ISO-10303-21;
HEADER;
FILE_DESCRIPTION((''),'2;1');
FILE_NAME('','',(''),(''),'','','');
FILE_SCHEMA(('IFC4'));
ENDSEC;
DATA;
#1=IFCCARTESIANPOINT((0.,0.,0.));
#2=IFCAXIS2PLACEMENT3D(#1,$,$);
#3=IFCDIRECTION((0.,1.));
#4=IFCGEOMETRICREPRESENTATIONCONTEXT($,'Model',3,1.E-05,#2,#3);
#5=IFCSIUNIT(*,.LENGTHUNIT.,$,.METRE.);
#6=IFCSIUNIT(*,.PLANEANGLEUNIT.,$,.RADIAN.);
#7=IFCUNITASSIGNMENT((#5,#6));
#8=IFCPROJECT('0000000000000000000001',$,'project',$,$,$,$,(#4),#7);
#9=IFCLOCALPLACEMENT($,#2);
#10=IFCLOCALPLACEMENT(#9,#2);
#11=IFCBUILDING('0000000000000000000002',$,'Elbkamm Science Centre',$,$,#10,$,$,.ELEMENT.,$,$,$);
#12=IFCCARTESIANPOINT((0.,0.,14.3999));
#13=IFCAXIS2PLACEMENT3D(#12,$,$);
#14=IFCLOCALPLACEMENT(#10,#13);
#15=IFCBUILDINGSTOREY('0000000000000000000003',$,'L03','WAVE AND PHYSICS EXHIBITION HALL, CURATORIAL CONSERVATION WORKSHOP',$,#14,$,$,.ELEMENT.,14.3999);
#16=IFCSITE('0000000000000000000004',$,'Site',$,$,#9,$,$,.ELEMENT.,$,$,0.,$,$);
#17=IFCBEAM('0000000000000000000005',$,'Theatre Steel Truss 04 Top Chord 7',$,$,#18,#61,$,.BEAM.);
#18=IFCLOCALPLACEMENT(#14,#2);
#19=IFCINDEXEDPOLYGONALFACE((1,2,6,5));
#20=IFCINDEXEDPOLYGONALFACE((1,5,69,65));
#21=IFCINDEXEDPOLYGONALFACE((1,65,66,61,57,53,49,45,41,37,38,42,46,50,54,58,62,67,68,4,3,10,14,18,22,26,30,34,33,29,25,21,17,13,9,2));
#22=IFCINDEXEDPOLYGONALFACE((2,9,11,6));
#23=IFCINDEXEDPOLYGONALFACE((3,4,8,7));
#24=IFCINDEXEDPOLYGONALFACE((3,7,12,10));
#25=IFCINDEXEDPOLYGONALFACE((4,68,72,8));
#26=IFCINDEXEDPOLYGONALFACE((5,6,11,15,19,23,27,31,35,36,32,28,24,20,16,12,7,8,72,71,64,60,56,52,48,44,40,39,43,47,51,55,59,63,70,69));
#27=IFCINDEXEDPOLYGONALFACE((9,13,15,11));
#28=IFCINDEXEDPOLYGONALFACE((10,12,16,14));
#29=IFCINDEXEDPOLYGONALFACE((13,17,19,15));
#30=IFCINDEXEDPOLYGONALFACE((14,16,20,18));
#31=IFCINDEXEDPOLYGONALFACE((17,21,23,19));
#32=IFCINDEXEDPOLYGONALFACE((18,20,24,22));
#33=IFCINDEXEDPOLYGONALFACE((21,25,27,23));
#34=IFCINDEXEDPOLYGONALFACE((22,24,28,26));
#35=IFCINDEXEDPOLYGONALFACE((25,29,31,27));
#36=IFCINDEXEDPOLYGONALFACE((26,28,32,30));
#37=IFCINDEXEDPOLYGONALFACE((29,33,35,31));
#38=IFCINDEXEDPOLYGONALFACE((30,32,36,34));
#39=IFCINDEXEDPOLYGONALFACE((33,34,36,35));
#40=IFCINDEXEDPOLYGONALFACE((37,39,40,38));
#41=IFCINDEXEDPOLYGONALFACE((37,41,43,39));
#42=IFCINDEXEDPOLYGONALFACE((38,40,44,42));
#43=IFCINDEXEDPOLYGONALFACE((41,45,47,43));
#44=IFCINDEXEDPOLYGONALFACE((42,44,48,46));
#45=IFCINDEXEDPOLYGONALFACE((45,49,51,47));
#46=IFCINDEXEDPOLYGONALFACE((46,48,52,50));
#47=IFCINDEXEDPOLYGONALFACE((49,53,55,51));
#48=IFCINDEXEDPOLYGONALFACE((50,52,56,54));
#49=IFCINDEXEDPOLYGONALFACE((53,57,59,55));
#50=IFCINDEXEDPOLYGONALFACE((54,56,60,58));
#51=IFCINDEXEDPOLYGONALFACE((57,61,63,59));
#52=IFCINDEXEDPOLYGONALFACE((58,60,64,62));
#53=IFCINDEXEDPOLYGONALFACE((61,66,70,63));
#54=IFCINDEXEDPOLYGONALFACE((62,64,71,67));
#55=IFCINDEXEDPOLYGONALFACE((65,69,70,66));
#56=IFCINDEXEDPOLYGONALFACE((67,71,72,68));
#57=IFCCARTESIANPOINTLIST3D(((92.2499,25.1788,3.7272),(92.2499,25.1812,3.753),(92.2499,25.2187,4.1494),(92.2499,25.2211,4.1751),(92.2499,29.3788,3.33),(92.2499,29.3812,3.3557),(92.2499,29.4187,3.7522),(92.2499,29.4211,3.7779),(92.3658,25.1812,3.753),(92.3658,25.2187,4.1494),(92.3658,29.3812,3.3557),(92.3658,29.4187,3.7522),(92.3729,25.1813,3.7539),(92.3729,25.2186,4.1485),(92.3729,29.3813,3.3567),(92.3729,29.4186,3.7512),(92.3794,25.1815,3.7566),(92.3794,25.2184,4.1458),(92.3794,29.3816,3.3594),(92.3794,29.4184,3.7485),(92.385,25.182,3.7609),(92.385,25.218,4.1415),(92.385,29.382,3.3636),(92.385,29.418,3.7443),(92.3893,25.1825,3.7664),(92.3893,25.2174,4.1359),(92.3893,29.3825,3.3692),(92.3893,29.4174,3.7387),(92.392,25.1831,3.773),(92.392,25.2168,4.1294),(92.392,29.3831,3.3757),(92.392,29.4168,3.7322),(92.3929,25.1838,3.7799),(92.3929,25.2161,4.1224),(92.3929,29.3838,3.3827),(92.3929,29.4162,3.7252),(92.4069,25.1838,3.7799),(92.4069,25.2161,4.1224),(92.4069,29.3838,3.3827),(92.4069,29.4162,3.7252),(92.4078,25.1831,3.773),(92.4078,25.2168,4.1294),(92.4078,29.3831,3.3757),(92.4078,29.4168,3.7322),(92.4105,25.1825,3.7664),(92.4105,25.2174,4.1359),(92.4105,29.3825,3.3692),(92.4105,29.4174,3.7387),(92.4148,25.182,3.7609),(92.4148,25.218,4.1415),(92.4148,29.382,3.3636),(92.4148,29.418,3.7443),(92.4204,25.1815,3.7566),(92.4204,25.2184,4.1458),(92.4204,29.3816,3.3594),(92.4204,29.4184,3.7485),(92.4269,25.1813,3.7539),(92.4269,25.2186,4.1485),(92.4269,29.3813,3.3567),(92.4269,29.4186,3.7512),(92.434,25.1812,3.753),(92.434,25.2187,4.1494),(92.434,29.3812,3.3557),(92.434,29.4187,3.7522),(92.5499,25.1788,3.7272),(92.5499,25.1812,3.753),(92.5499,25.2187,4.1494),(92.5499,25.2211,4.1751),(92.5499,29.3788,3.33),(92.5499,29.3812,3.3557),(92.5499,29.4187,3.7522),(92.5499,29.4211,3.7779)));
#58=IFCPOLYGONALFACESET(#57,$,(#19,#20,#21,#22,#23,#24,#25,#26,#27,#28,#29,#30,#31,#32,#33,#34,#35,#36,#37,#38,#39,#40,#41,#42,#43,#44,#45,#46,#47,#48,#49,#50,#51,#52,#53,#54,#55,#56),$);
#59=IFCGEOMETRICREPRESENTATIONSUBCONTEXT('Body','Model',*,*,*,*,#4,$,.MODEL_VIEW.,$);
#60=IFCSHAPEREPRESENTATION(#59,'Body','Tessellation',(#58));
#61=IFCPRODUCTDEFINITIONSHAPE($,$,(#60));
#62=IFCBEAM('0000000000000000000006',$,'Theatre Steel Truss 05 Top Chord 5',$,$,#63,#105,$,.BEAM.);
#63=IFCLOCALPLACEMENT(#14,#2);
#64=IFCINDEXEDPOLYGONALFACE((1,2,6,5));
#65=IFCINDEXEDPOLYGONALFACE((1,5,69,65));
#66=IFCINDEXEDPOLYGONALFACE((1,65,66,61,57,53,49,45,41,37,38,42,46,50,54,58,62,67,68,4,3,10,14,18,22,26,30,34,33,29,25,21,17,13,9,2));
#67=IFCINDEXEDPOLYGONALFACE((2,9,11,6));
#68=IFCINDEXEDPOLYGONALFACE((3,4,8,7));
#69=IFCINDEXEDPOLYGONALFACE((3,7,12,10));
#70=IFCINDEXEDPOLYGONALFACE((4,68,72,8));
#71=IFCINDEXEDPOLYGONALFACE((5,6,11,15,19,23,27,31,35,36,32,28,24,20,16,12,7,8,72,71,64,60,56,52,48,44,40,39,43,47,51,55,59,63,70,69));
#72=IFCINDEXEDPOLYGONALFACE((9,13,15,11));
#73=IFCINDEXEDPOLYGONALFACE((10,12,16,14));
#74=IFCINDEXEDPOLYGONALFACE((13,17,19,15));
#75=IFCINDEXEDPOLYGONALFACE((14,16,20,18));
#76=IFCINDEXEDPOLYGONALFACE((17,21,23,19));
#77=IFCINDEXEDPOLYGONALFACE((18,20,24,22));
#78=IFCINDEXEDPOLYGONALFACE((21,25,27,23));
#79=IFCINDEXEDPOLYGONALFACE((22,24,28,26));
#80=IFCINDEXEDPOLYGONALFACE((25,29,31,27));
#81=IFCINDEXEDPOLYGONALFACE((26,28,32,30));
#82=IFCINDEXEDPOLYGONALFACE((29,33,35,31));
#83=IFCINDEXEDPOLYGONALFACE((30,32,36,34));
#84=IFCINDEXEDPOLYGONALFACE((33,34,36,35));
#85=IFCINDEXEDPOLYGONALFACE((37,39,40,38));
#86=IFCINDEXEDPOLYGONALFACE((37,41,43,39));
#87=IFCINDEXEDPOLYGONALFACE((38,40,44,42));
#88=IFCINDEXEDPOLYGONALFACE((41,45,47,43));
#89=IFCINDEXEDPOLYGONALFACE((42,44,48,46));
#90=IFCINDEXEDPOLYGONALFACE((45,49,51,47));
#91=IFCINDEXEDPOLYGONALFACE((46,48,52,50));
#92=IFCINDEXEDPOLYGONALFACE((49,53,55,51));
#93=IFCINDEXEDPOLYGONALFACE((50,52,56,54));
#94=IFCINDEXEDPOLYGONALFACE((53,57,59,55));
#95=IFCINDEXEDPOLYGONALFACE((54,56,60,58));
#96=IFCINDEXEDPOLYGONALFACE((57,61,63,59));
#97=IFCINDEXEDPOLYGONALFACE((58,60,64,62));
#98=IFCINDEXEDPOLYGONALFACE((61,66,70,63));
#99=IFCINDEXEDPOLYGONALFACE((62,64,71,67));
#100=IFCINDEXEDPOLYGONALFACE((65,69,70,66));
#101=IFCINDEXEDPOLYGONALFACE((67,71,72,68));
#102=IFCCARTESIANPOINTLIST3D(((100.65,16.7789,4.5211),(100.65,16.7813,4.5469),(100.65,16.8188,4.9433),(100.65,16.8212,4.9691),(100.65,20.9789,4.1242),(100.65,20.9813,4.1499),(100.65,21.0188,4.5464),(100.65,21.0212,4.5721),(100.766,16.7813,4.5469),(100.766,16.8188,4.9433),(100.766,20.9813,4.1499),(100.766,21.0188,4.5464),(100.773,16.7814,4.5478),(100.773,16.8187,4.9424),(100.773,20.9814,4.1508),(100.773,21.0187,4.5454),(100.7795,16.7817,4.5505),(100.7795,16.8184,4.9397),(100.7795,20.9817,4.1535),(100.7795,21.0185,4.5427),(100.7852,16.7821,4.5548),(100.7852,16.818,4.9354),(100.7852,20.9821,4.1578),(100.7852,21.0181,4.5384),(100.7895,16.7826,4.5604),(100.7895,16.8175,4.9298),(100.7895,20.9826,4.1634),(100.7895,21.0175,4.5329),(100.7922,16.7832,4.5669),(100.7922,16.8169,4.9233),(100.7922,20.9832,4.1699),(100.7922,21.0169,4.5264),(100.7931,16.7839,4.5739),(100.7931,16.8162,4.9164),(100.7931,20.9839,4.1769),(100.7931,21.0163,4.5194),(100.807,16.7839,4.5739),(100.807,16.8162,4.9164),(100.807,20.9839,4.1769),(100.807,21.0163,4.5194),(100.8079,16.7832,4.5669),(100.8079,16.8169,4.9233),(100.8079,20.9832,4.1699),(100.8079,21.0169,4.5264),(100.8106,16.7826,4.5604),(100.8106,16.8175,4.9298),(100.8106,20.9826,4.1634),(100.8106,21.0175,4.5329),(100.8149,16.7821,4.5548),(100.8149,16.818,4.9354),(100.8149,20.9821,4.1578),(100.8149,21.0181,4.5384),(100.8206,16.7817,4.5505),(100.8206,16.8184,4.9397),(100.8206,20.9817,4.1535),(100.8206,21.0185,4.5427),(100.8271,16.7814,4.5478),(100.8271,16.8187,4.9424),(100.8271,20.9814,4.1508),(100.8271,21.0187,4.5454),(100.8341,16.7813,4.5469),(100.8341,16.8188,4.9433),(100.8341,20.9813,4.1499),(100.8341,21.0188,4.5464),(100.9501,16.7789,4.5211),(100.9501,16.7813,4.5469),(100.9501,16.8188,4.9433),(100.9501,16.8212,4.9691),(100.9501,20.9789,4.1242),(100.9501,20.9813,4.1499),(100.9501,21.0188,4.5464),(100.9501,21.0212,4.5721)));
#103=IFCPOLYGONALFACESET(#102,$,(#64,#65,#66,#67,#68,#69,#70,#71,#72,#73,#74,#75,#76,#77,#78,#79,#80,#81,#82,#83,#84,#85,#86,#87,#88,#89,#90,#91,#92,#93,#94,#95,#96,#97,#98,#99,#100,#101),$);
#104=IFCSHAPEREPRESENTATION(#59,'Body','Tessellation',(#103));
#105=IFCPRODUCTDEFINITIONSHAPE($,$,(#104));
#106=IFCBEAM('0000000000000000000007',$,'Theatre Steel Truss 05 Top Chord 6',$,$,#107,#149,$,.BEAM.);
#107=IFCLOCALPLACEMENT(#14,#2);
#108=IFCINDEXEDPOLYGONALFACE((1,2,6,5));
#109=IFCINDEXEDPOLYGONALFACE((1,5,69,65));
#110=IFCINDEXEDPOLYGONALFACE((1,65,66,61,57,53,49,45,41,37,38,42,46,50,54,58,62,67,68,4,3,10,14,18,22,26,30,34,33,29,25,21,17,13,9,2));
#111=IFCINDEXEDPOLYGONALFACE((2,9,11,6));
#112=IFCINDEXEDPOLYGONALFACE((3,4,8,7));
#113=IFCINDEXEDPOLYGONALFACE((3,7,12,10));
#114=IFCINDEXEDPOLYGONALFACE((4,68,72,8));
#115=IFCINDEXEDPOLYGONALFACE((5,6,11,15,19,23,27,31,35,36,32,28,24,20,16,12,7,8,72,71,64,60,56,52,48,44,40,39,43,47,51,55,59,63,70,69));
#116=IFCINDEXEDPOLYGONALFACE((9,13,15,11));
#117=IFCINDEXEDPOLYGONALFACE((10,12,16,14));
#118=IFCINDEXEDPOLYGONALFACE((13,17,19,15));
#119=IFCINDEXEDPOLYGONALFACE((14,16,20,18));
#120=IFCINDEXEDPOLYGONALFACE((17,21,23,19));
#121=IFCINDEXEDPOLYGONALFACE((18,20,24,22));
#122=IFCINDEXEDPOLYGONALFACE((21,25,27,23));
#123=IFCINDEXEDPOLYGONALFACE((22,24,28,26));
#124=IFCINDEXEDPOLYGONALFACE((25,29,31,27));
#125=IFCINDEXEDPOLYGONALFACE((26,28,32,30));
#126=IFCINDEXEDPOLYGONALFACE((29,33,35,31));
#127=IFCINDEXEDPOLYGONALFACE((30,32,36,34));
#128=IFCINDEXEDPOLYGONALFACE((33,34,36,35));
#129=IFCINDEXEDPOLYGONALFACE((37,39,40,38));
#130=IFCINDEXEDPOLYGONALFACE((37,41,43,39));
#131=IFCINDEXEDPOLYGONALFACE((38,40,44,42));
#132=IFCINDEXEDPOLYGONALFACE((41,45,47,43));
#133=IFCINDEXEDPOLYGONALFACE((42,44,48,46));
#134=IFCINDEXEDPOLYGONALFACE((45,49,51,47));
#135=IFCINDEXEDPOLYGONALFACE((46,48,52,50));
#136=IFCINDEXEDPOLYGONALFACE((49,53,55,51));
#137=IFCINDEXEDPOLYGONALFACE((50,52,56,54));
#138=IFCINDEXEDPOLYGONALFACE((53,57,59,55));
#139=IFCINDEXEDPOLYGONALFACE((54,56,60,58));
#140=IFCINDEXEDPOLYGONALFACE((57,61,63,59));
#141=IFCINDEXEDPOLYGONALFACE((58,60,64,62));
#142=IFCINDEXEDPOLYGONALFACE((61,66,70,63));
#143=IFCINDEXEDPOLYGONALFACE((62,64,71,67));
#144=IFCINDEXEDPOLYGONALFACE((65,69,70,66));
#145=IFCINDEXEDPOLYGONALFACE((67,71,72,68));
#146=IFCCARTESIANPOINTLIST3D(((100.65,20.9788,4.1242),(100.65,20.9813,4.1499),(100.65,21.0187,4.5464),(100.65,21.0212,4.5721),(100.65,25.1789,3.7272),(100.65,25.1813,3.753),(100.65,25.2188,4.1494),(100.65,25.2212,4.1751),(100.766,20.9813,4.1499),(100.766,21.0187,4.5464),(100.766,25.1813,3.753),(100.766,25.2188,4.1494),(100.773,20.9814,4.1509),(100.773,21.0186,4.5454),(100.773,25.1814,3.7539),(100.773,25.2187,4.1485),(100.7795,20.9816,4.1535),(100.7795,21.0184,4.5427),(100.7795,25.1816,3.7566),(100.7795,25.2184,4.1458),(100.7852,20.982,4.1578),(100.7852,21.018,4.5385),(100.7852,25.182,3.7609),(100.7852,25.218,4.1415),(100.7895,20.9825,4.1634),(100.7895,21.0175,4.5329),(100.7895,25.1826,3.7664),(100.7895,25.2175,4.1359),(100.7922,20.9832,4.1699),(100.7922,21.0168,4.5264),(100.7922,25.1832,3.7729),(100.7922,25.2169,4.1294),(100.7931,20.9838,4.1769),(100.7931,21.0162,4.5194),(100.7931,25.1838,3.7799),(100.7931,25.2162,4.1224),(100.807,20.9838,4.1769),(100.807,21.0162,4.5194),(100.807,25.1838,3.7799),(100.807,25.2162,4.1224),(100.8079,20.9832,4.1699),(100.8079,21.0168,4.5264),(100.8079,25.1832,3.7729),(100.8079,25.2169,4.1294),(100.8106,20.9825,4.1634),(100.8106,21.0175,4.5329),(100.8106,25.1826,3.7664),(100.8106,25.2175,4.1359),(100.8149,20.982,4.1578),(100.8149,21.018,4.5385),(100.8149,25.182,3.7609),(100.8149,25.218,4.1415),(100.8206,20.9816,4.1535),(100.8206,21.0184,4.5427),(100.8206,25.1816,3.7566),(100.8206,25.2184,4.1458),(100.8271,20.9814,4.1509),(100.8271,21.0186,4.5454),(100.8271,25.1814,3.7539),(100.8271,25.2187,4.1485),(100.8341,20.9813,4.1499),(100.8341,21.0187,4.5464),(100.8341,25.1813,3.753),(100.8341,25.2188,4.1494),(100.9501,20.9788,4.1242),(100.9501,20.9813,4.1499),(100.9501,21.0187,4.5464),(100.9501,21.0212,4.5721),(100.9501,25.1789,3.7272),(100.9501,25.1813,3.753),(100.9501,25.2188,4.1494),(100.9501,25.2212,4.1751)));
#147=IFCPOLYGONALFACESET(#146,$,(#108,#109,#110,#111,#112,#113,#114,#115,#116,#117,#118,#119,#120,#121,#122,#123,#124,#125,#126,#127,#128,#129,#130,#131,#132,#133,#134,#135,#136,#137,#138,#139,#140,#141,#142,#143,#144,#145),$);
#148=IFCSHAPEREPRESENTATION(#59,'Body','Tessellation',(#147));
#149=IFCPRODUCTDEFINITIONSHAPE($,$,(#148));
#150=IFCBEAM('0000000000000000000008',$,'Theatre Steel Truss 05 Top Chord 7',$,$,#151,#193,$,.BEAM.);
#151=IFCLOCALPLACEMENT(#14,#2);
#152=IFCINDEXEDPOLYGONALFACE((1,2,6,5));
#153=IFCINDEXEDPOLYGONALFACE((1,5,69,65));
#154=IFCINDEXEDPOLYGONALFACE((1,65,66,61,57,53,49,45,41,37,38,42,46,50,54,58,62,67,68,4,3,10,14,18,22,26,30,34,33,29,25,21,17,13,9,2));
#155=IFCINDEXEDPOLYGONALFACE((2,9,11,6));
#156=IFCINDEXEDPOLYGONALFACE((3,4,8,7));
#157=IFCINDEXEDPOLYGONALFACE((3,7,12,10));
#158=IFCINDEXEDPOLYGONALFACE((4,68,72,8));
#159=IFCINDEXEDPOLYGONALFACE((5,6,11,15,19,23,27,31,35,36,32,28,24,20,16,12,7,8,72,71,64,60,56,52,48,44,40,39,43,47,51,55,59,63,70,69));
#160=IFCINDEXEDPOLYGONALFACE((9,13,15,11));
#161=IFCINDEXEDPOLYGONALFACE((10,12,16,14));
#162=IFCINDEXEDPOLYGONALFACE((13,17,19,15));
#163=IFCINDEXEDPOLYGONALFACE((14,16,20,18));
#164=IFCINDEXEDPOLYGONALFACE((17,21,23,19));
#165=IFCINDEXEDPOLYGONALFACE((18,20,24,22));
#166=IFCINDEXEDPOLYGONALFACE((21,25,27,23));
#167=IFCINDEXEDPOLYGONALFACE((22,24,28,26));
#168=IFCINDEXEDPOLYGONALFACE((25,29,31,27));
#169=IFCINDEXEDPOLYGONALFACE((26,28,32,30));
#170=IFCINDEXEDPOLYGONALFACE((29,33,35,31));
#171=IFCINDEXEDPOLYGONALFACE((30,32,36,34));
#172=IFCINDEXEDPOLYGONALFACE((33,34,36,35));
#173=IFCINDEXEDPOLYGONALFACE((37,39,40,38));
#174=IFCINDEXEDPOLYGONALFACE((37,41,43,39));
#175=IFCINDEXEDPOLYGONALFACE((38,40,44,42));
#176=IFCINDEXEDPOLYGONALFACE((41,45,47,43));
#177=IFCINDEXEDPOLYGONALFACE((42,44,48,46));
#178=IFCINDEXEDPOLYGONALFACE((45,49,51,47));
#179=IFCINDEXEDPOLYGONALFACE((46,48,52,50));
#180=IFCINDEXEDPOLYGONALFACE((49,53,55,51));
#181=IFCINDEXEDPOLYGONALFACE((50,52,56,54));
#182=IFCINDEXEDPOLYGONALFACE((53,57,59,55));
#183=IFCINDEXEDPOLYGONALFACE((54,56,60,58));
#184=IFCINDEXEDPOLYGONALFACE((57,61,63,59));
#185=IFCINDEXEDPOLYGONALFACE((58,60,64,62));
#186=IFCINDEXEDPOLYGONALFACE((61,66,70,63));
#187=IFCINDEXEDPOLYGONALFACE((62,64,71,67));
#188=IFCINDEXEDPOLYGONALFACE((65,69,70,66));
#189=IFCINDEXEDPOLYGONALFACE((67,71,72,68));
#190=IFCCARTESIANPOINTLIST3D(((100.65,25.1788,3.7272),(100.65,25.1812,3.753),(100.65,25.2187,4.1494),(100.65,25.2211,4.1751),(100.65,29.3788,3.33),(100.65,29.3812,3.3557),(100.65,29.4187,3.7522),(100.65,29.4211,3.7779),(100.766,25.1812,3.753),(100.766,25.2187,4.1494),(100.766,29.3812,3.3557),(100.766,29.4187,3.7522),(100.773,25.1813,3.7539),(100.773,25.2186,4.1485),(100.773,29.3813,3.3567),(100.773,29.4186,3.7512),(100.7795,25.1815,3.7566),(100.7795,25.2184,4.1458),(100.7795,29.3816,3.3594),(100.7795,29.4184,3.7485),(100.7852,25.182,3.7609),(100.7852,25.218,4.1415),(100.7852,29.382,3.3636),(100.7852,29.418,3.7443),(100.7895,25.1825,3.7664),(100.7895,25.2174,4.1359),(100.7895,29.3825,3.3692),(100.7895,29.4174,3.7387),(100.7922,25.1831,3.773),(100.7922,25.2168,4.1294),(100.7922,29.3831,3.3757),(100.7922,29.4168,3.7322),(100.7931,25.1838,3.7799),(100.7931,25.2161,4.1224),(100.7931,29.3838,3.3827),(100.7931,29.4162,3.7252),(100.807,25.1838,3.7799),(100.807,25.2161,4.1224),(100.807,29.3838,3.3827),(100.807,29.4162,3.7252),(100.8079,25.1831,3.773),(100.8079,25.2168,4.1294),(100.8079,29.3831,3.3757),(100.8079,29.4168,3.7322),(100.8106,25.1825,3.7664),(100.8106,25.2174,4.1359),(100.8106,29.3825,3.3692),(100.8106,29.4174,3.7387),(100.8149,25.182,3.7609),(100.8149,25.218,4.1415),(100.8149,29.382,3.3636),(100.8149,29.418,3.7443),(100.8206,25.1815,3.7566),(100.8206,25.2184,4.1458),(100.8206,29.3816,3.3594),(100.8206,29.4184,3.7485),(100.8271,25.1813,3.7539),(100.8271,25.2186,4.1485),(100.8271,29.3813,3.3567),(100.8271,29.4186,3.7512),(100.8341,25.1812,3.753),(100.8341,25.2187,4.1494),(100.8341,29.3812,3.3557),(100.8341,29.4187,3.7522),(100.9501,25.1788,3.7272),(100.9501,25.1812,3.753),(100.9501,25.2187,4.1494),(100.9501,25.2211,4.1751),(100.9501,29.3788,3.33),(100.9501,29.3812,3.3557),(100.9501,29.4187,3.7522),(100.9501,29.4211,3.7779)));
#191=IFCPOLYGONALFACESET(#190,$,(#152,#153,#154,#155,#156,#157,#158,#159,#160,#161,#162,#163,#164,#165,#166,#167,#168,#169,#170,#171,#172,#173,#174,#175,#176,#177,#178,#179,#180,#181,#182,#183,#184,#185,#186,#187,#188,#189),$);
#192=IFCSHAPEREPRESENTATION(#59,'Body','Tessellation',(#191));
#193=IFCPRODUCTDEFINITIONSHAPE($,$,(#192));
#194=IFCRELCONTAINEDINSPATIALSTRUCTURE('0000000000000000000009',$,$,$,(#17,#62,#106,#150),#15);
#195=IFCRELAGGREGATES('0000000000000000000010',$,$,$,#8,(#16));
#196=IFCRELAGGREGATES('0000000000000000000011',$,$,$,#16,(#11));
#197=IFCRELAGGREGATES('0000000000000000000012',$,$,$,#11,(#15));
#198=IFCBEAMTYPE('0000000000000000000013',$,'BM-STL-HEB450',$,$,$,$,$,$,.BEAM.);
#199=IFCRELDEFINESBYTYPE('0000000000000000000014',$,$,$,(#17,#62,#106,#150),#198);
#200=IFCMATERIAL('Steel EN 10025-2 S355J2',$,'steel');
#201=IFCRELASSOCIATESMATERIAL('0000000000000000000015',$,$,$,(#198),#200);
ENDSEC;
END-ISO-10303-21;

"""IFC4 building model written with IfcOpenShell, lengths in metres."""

from ifc_helpers import new_model, si_unit, direction, frame, origin, origin_2d, place, context, subcontext, project, spatial, i_section, extrude, material, material_profile, profile_set, type_object, element, save


model = new_model("IFC4")

# Units and contexts
model_context = context("Model", 3, precision=1e-05, world=origin(), true_north=direction((0.0, 1.0)))
body_context = subcontext(model_context, "Body", "Model", "MODEL_VIEW")
ifc_project = project(units=[si_unit("LENGTHUNIT", "METRE"), si_unit("PLANEANGLEUNIT", "RADIAN")], contexts=[model_context])

# Site, building, storey
site_placement = place(None, origin())
site = spatial("IfcSite", under=ifc_project, at=site_placement, Name="Site", CompositionType="ELEMENT", RefElevation=0.0)
building_placement = place(site_placement, origin())
building = spatial("IfcBuilding", under=site, at=building_placement, Name="Elbkamm Science Centre", CompositionType="ELEMENT")
storey_placement = place(building_placement, frame((0.0, 0.0, 14.3999)))
storey = spatial("IfcBuildingStorey", under=building, at=storey_placement, Name="L03", Description="WAVE AND PHYSICS EXHIBITION HALL, CURATORIAL CONSERVATION WORKSHOP", CompositionType="ELEMENT", Elevation=14.3999)

# Beams
ifc_material_1 = material(Name="Steel EN 10025-2 S355J2", Category="steel")
ifc_material_profile_1 = material_profile(ifc_material_1, i_section(OverallWidth=0.3, OverallDepth=0.45, WebThickness=0.0139, FlangeThickness=0.0259, FilletRadius=0.0271, at=origin_2d()), Name="HEB 450")
ifc_profile_set_1 = profile_set([ifc_material_profile_1], Name="Steel EN 10025-2 S355J2")
beam_type = type_object("IfcBeamType", Name="BM-STL-HEB450", PredefinedType="BEAM", material=ifc_profile_set_1)
for number, where, z_axis, x_axis, name in (
    (1, (92.3999, 25.2, 3.9512), (0.0, 0.995557, -0.094156), (-1.0, 0.0, 0.0), "Theatre Steel Truss 04 Top Chord 7"),
    (2, (100.8, 16.8, 4.7451), (0.0, 0.995563, -0.094099), (-1.0, 0.0, 0.0), "Theatre Steel Truss 05 Top Chord 5"),
    (3, (100.8, 21.0, 4.3481), (0.0, 0.995563, -0.094099), (-1.0, 0.0, 0.0), "Theatre Steel Truss 05 Top Chord 6"),
    (4, (100.8, 25.2, 3.9512), (0.0, 0.995557, -0.094156), (-1.0, 0.0, 0.0), "Theatre Steel Truss 05 Top Chord 7"),
):
    element("IfcBeam", number, at=place(storey_placement, frame(where, z_axis=z_axis, x_axis=x_axis)), inside=storey, type_object=beam_type, Name=name, PredefinedType="BEAM", context=body_context, shape_type="SweptSolid", body=[
        extrude(i_section(OverallWidth=0.3, OverallDepth=0.45, WebThickness=0.0139, FlangeThickness=0.0259, FilletRadius=0.0271, at=origin_2d()), origin(), (0.0, 0.0, 1.0), 4.2188),
    ])

save(model, "model.ifc")
